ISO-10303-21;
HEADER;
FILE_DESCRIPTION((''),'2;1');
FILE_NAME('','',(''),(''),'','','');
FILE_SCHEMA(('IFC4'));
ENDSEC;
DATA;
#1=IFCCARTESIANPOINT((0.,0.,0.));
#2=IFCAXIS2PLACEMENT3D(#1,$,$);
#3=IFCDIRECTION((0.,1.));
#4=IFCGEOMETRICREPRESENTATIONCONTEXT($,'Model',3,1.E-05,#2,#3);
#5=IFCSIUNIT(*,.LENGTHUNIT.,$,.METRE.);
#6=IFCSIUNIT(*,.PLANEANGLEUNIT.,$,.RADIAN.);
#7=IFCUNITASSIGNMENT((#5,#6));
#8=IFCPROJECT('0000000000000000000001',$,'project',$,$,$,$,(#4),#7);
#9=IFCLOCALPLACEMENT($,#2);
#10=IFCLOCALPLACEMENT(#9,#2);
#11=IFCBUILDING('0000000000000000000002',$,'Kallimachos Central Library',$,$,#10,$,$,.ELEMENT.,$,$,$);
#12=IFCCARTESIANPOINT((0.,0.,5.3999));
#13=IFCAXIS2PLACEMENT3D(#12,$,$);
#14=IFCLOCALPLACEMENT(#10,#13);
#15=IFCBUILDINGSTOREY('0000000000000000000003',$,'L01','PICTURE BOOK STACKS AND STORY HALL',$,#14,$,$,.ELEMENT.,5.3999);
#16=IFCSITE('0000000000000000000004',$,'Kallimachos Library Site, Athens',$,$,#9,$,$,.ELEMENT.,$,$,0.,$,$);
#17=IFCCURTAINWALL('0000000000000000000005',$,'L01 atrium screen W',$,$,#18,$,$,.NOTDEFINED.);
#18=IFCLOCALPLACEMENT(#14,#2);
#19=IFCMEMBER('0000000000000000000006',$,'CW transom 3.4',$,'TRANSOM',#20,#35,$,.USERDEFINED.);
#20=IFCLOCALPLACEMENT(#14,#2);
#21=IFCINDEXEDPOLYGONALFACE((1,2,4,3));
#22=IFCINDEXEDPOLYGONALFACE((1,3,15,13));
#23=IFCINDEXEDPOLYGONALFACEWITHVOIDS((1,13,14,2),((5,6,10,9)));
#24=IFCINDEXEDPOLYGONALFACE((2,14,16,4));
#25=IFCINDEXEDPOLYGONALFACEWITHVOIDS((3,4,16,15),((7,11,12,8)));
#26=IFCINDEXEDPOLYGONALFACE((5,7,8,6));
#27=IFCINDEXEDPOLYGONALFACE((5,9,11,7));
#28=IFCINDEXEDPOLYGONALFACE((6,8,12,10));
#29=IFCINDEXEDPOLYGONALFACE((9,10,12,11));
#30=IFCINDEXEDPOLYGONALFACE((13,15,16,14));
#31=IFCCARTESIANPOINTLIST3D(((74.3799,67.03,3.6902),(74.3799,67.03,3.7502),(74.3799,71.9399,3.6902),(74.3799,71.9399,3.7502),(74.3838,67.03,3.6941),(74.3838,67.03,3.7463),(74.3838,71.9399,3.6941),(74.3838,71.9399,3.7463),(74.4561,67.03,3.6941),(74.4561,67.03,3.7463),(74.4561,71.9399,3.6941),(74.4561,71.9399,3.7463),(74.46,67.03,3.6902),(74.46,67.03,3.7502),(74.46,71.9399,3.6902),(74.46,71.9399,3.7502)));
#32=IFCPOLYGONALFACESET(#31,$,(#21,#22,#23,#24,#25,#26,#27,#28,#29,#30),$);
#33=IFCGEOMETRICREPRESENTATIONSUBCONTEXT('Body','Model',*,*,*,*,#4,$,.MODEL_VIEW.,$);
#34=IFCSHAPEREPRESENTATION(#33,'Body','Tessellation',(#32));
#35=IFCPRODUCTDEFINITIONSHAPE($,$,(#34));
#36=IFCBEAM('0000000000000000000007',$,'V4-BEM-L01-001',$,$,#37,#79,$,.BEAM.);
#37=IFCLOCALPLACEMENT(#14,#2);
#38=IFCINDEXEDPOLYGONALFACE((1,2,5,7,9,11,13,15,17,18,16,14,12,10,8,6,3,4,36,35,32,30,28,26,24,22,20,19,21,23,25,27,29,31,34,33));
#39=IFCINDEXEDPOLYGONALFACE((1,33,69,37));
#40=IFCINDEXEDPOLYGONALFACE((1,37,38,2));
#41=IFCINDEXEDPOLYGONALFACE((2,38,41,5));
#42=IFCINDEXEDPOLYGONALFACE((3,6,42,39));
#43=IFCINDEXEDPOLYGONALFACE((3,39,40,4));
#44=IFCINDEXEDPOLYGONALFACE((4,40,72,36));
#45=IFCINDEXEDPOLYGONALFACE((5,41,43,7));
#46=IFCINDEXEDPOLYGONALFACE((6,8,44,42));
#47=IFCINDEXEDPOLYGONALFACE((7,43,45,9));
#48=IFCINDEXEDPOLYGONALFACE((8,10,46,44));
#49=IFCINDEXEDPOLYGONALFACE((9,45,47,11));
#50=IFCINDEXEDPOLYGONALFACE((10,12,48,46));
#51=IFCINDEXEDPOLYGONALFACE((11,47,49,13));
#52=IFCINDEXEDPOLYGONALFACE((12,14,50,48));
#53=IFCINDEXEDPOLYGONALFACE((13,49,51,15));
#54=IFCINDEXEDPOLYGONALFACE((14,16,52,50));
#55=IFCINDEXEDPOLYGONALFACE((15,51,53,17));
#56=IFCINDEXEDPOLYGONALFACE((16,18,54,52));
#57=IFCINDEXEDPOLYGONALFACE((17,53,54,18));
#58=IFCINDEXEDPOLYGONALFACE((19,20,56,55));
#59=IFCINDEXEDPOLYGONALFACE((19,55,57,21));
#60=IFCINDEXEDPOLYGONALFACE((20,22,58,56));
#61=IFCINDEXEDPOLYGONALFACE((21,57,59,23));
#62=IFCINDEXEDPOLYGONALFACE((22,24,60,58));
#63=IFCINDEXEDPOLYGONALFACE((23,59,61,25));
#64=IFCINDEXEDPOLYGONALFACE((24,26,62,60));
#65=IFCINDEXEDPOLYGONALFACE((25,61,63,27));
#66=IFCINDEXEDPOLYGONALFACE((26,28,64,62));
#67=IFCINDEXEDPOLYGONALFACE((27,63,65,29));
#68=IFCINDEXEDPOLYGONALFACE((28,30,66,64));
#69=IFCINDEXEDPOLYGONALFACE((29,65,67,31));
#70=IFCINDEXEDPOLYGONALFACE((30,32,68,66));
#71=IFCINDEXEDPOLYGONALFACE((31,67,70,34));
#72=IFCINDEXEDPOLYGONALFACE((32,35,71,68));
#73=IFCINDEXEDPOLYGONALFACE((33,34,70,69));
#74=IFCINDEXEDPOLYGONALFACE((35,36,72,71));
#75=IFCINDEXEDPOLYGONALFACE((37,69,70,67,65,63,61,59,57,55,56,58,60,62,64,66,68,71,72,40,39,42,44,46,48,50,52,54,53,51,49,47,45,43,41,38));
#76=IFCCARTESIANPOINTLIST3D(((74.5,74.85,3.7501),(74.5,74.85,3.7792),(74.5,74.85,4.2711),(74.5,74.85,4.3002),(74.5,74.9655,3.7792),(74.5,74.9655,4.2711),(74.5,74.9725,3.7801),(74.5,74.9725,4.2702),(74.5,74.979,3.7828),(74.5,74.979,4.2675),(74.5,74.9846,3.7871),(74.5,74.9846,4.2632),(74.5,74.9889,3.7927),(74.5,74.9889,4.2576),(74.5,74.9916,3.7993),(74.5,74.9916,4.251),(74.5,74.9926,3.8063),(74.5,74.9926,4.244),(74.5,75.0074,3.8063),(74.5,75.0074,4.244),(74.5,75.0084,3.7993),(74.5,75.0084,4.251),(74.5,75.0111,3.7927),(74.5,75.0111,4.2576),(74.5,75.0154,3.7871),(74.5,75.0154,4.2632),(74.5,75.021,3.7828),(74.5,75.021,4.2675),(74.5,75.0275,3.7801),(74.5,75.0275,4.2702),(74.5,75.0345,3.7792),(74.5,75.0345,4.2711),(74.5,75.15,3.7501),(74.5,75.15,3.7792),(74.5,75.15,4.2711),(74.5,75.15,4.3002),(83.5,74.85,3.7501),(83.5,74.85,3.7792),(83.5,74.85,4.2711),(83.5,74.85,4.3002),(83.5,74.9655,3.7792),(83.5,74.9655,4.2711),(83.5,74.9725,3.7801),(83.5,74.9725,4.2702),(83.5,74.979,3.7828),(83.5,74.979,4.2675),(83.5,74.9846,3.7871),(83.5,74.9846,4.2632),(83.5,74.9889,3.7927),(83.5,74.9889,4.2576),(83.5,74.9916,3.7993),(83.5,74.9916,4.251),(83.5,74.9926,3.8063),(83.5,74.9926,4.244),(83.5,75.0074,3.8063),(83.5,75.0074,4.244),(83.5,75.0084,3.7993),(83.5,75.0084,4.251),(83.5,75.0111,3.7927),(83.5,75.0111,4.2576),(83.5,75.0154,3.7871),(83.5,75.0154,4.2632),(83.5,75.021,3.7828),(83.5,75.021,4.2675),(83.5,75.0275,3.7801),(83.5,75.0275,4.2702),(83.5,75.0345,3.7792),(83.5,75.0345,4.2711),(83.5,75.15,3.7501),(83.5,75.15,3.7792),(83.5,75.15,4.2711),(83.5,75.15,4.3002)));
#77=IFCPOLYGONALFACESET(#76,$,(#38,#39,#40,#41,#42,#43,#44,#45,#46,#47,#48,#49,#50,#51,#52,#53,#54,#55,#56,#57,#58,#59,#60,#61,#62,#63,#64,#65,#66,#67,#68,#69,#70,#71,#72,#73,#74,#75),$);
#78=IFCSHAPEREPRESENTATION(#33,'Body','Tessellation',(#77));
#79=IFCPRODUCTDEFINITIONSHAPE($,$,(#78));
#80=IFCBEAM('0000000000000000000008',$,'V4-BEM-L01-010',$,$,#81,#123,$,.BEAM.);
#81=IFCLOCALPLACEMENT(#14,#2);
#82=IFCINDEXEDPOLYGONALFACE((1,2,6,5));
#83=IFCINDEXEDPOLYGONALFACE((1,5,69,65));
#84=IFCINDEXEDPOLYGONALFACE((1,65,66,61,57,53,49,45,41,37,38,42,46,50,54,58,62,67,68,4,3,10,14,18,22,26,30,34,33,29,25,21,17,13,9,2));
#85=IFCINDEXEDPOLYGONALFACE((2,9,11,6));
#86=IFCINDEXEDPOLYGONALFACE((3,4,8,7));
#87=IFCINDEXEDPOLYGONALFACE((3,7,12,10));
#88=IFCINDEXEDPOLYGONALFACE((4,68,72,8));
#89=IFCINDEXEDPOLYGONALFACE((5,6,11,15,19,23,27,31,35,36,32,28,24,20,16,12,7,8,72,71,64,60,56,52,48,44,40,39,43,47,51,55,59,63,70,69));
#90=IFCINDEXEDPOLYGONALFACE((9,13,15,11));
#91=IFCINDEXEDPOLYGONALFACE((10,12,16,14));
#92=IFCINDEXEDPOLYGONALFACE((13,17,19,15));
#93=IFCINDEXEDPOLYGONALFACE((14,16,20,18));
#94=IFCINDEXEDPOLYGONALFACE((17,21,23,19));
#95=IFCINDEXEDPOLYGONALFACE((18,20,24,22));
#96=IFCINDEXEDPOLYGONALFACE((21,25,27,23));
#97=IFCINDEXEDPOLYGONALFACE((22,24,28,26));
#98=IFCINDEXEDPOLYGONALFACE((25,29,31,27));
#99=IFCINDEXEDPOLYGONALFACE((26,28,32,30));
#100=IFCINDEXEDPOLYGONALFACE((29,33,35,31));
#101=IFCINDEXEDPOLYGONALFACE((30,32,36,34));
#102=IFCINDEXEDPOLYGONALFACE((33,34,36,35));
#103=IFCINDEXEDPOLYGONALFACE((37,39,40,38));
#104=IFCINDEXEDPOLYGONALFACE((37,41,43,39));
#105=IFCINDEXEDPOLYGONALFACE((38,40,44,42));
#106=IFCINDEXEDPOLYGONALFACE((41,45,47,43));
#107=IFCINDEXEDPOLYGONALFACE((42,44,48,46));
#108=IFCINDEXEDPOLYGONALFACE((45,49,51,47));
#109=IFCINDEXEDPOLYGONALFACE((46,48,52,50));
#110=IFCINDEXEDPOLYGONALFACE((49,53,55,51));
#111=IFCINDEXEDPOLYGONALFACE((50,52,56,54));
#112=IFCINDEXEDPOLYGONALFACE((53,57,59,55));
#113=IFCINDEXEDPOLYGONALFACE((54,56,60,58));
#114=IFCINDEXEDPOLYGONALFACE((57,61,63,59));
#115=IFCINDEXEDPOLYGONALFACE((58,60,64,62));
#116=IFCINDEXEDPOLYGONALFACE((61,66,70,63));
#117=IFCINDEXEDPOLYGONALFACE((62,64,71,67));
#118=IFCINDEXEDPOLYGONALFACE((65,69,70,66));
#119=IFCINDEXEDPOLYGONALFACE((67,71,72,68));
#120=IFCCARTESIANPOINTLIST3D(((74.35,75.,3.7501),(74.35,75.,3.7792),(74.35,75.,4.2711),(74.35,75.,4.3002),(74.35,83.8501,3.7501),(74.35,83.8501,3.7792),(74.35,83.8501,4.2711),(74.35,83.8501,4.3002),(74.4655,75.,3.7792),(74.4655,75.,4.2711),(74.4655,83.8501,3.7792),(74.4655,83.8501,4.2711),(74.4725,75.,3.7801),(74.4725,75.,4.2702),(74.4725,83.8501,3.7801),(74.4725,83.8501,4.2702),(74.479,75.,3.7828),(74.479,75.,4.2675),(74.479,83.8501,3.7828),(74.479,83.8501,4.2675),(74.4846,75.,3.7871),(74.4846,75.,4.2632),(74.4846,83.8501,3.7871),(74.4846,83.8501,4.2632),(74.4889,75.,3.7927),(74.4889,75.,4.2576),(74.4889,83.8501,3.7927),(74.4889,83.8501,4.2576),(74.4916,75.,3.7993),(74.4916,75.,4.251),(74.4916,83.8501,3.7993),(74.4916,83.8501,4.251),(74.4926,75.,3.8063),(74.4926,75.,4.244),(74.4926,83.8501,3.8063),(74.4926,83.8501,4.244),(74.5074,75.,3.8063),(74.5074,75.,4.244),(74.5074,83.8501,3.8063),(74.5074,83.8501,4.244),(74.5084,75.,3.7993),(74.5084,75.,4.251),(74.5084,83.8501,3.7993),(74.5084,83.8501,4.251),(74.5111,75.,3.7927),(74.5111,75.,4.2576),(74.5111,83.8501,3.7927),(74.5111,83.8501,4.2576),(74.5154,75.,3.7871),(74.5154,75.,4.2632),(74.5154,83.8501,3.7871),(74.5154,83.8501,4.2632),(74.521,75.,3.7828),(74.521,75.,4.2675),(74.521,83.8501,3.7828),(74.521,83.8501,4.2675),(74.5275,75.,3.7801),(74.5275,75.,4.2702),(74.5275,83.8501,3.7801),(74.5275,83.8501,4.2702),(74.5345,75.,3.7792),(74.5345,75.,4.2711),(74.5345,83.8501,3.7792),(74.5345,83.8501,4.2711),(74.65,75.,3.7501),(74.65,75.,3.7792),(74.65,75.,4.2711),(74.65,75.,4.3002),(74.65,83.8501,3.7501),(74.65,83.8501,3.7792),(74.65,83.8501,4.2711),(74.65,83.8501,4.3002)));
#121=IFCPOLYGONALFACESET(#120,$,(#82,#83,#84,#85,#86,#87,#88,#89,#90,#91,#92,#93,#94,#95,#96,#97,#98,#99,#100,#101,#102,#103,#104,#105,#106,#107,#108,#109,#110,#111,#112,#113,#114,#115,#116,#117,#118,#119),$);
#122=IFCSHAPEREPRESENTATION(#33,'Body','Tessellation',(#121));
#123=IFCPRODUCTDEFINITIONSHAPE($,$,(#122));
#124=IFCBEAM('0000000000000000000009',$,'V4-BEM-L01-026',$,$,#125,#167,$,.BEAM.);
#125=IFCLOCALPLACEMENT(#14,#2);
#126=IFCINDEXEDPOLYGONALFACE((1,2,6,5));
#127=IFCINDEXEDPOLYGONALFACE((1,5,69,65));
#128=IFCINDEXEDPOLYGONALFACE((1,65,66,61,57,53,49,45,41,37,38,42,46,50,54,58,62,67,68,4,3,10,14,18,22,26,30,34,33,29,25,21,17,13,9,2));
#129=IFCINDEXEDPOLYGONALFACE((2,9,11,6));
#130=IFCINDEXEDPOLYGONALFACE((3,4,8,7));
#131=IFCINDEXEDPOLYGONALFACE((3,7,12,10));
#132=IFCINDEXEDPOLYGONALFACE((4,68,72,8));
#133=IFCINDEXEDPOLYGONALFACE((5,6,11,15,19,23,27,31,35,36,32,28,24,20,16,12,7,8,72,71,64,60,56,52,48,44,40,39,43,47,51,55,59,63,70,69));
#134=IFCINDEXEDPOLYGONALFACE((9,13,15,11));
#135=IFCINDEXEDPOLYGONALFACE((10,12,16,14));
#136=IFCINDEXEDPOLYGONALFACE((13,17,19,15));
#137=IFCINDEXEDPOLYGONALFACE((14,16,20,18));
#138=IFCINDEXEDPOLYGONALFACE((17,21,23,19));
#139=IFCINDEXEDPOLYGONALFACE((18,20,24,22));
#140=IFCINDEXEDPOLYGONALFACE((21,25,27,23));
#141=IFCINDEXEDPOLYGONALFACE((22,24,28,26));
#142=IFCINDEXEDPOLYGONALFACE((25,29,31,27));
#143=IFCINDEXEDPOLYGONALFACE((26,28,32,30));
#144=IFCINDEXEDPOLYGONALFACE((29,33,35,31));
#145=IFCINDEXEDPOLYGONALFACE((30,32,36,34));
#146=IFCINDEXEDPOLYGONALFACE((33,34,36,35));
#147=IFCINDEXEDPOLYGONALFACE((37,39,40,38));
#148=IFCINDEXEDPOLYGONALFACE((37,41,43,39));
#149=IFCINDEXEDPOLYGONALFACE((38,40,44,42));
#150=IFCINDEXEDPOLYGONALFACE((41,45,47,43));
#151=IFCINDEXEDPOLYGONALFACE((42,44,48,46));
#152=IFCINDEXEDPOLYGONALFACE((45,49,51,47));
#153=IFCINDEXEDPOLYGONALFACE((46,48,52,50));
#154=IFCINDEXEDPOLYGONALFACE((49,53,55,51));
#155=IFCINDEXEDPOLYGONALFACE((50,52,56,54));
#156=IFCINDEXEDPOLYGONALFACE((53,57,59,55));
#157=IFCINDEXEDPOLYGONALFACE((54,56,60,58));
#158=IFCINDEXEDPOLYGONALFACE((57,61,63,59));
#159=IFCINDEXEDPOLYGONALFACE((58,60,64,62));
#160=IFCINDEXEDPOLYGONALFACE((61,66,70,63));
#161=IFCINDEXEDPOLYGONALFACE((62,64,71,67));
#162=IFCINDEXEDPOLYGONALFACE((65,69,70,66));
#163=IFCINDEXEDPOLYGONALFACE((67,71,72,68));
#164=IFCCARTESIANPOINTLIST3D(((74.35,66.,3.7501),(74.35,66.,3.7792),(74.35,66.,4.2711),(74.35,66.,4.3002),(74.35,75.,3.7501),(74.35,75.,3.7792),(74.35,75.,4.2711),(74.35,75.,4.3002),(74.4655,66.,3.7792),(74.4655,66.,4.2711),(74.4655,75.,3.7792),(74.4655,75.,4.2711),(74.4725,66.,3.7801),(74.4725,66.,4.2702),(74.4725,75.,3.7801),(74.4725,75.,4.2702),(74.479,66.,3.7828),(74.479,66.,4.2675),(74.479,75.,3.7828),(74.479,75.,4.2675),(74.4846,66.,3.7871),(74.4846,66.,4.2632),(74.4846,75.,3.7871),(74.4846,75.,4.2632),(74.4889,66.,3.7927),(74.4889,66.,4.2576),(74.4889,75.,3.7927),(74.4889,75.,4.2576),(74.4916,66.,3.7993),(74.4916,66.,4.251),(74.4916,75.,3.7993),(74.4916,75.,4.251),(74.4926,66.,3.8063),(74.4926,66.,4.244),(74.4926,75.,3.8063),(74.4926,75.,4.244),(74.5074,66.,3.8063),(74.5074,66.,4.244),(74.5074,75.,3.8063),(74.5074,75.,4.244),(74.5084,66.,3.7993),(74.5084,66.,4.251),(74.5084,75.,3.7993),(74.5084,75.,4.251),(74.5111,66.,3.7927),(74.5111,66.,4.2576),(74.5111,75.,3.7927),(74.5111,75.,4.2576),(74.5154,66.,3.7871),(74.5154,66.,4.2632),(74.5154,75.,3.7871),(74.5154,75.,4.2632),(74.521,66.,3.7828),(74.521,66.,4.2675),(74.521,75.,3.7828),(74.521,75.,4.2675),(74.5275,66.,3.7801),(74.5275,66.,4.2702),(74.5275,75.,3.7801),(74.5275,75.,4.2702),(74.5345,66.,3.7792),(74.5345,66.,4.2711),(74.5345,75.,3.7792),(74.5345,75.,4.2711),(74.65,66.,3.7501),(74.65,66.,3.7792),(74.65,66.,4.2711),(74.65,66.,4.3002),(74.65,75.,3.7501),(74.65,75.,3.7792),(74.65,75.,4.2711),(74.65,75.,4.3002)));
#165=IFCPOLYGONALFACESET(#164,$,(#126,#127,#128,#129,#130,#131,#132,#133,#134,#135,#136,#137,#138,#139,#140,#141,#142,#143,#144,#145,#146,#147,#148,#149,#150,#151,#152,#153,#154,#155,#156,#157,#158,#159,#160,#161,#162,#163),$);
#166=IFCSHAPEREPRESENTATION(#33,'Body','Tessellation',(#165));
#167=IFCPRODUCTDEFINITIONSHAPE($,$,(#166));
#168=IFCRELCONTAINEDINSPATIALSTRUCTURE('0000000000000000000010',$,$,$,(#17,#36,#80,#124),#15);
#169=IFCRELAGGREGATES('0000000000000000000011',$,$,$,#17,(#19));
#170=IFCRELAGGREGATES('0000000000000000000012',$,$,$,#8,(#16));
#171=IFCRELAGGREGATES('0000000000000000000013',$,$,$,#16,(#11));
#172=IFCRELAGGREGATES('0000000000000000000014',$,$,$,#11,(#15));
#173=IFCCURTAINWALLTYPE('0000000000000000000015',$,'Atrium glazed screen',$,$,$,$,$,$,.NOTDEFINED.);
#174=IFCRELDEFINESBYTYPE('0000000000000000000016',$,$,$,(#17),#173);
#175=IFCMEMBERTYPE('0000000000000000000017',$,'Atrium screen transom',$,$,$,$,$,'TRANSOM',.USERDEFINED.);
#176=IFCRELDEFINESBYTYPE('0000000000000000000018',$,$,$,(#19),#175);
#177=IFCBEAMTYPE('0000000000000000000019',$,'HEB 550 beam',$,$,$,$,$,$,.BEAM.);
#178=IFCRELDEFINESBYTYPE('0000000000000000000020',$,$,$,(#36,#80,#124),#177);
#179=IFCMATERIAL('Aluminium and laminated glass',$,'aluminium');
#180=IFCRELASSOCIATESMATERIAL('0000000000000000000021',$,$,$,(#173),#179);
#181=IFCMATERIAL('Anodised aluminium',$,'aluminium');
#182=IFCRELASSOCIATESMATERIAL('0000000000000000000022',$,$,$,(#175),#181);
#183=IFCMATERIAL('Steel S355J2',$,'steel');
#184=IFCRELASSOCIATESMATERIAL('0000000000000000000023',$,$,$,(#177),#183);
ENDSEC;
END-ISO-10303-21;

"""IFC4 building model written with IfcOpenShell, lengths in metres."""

from ifc_helpers import new_model, si_unit, direction, frame, origin, origin_2d, place, context, subcontext, project, spatial, hollow_rectangle, i_section, extrude, material, material_profile, profile_set, type_object, element, aggregate, save


model = new_model("IFC4")

# Units and contexts
model_context = context("Model", 3, precision=1e-05, world=origin(), true_north=direction((0.0, 1.0)))
body_context = subcontext(model_context, "Body", "Model", "MODEL_VIEW")
ifc_project = project(units=[si_unit("LENGTHUNIT", "METRE"), si_unit("PLANEANGLEUNIT", "RADIAN")], contexts=[model_context])

# Site, building, storey
site_placement = place(None, origin())
site = spatial("IfcSite", under=ifc_project, at=site_placement, Name="Kallimachos Library Site, Athens", CompositionType="ELEMENT", RefElevation=0.0)
building_placement = place(site_placement, origin())
building = spatial("IfcBuilding", under=site, at=building_placement, Name="Kallimachos Central Library", CompositionType="ELEMENT")
storey_placement = place(building_placement, frame((0.0, 0.0, 5.3999)))
storey = spatial("IfcBuildingStorey", under=building, at=storey_placement, Name="L01", Description="PICTURE BOOK STACKS AND STORY HALL", CompositionType="ELEMENT", Elevation=5.3999)

# Curtain wall, member
ifc_material_1 = material(Name="Aluminium and laminated glass", Category="aluminium")
curtain_wall_type = type_object("IfcCurtainWallType", Name="Atrium glazed screen", PredefinedType="NOTDEFINED", material=ifc_material_1)
curtain_wall_placement = place(storey_placement, origin())
curtain_wall = element("IfcCurtainWall", 1, at=curtain_wall_placement, inside=storey, type_object=curtain_wall_type, Name="L01 atrium screen W", PredefinedType="NOTDEFINED")
ifc_material_2 = material(Name="Anodised aluminium", Category="aluminium")
ifc_material_profile_1 = material_profile(ifc_material_2, hollow_rectangle(XDim=0.0601, YDim=0.0801, WallThickness=0.0039, at=origin_2d()), Name="ALU TRANSOM 60x80")
ifc_profile_set_1 = profile_set([ifc_material_profile_1], Name="Anodised aluminium")
member_type_1 = type_object("IfcMemberType", Name="Atrium screen transom", ElementType="TRANSOM", PredefinedType="USERDEFINED", material=ifc_profile_set_1)
member_1_placement = place(storey_placement, frame((74.4199, 67.03, 3.7202), z_axis=(0.0, 1.0, 0.0), x_axis=(0.0, 0.0, 1.0)))
member_1 = element("IfcMember", 2, at=member_1_placement, type_object=member_type_1, Name="CW transom 3.4", ObjectType="TRANSOM", PredefinedType="USERDEFINED", context=body_context, shape_type="SweptSolid", body=[
    extrude(hollow_rectangle(XDim=0.0601, YDim=0.0801, WallThickness=0.0039, at=origin_2d()), origin(), (0.0, 0.0, 1.0), 4.9099),
])

# Beams
ifc_material_3 = material(Name="Steel S355J2", Category="steel")
ifc_material_profile_2 = material_profile(ifc_material_3, i_section(OverallWidth=0.3, OverallDepth=0.55, WebThickness=0.0149, FlangeThickness=0.0291, FilletRadius=0.0271, at=origin_2d()), Name="HEB 550")
ifc_profile_set_2 = profile_set([ifc_material_profile_2], Name="Steel S355J2")
beam_type_1 = type_object("IfcBeamType", Name="HEB 550 beam", PredefinedType="BEAM", material=ifc_profile_set_2)
beam_1_placement = place(storey_placement, frame((74.5, 75.0, 4.0251), z_axis=(1.0, 0.0, 0.0), x_axis=(0.0, 1.0, 0.0)))
element("IfcBeam", 3, at=beam_1_placement, inside=storey, type_object=beam_type_1, Name="V4-BEM-L01-001", PredefinedType="BEAM", context=body_context, shape_type="SweptSolid", body=[
    extrude(i_section(OverallWidth=0.3, OverallDepth=0.55, WebThickness=0.0149, FlangeThickness=0.0291, FilletRadius=0.0271, at=origin_2d()), origin(), (0.0, 0.0, 1.0), 9.0),
])
beam_2_placement = place(storey_placement, frame((74.5, 75.0, 4.0251), z_axis=(0.0, 1.0, 0.0), x_axis=(-1.0, 0.0, 0.0)))
element("IfcBeam", 4, at=beam_2_placement, inside=storey, type_object=beam_type_1, Name="V4-BEM-L01-010", PredefinedType="BEAM", context=body_context, shape_type="SweptSolid", body=[
    extrude(i_section(OverallWidth=0.3, OverallDepth=0.55, WebThickness=0.0149, FlangeThickness=0.0291, FilletRadius=0.0271, at=origin_2d()), origin(), (0.0, 0.0, 1.0), 8.8501),
])
beam_3_placement = place(storey_placement, frame((74.5, 66.0, 4.0251), z_axis=(0.0, 1.0, 0.0), x_axis=(-1.0, 0.0, 0.0)))
element("IfcBeam", 5, at=beam_3_placement, inside=storey, type_object=beam_type_1, Name="V4-BEM-L01-026", PredefinedType="BEAM", context=body_context, shape_type="SweptSolid", body=[
    extrude(i_section(OverallWidth=0.3, OverallDepth=0.55, WebThickness=0.0149, FlangeThickness=0.0291, FilletRadius=0.0271, at=origin_2d()), origin(), (0.0, 0.0, 1.0), 9.0),
])

aggregate(curtain_wall, [member_1])

save(model, "model.ifc")
